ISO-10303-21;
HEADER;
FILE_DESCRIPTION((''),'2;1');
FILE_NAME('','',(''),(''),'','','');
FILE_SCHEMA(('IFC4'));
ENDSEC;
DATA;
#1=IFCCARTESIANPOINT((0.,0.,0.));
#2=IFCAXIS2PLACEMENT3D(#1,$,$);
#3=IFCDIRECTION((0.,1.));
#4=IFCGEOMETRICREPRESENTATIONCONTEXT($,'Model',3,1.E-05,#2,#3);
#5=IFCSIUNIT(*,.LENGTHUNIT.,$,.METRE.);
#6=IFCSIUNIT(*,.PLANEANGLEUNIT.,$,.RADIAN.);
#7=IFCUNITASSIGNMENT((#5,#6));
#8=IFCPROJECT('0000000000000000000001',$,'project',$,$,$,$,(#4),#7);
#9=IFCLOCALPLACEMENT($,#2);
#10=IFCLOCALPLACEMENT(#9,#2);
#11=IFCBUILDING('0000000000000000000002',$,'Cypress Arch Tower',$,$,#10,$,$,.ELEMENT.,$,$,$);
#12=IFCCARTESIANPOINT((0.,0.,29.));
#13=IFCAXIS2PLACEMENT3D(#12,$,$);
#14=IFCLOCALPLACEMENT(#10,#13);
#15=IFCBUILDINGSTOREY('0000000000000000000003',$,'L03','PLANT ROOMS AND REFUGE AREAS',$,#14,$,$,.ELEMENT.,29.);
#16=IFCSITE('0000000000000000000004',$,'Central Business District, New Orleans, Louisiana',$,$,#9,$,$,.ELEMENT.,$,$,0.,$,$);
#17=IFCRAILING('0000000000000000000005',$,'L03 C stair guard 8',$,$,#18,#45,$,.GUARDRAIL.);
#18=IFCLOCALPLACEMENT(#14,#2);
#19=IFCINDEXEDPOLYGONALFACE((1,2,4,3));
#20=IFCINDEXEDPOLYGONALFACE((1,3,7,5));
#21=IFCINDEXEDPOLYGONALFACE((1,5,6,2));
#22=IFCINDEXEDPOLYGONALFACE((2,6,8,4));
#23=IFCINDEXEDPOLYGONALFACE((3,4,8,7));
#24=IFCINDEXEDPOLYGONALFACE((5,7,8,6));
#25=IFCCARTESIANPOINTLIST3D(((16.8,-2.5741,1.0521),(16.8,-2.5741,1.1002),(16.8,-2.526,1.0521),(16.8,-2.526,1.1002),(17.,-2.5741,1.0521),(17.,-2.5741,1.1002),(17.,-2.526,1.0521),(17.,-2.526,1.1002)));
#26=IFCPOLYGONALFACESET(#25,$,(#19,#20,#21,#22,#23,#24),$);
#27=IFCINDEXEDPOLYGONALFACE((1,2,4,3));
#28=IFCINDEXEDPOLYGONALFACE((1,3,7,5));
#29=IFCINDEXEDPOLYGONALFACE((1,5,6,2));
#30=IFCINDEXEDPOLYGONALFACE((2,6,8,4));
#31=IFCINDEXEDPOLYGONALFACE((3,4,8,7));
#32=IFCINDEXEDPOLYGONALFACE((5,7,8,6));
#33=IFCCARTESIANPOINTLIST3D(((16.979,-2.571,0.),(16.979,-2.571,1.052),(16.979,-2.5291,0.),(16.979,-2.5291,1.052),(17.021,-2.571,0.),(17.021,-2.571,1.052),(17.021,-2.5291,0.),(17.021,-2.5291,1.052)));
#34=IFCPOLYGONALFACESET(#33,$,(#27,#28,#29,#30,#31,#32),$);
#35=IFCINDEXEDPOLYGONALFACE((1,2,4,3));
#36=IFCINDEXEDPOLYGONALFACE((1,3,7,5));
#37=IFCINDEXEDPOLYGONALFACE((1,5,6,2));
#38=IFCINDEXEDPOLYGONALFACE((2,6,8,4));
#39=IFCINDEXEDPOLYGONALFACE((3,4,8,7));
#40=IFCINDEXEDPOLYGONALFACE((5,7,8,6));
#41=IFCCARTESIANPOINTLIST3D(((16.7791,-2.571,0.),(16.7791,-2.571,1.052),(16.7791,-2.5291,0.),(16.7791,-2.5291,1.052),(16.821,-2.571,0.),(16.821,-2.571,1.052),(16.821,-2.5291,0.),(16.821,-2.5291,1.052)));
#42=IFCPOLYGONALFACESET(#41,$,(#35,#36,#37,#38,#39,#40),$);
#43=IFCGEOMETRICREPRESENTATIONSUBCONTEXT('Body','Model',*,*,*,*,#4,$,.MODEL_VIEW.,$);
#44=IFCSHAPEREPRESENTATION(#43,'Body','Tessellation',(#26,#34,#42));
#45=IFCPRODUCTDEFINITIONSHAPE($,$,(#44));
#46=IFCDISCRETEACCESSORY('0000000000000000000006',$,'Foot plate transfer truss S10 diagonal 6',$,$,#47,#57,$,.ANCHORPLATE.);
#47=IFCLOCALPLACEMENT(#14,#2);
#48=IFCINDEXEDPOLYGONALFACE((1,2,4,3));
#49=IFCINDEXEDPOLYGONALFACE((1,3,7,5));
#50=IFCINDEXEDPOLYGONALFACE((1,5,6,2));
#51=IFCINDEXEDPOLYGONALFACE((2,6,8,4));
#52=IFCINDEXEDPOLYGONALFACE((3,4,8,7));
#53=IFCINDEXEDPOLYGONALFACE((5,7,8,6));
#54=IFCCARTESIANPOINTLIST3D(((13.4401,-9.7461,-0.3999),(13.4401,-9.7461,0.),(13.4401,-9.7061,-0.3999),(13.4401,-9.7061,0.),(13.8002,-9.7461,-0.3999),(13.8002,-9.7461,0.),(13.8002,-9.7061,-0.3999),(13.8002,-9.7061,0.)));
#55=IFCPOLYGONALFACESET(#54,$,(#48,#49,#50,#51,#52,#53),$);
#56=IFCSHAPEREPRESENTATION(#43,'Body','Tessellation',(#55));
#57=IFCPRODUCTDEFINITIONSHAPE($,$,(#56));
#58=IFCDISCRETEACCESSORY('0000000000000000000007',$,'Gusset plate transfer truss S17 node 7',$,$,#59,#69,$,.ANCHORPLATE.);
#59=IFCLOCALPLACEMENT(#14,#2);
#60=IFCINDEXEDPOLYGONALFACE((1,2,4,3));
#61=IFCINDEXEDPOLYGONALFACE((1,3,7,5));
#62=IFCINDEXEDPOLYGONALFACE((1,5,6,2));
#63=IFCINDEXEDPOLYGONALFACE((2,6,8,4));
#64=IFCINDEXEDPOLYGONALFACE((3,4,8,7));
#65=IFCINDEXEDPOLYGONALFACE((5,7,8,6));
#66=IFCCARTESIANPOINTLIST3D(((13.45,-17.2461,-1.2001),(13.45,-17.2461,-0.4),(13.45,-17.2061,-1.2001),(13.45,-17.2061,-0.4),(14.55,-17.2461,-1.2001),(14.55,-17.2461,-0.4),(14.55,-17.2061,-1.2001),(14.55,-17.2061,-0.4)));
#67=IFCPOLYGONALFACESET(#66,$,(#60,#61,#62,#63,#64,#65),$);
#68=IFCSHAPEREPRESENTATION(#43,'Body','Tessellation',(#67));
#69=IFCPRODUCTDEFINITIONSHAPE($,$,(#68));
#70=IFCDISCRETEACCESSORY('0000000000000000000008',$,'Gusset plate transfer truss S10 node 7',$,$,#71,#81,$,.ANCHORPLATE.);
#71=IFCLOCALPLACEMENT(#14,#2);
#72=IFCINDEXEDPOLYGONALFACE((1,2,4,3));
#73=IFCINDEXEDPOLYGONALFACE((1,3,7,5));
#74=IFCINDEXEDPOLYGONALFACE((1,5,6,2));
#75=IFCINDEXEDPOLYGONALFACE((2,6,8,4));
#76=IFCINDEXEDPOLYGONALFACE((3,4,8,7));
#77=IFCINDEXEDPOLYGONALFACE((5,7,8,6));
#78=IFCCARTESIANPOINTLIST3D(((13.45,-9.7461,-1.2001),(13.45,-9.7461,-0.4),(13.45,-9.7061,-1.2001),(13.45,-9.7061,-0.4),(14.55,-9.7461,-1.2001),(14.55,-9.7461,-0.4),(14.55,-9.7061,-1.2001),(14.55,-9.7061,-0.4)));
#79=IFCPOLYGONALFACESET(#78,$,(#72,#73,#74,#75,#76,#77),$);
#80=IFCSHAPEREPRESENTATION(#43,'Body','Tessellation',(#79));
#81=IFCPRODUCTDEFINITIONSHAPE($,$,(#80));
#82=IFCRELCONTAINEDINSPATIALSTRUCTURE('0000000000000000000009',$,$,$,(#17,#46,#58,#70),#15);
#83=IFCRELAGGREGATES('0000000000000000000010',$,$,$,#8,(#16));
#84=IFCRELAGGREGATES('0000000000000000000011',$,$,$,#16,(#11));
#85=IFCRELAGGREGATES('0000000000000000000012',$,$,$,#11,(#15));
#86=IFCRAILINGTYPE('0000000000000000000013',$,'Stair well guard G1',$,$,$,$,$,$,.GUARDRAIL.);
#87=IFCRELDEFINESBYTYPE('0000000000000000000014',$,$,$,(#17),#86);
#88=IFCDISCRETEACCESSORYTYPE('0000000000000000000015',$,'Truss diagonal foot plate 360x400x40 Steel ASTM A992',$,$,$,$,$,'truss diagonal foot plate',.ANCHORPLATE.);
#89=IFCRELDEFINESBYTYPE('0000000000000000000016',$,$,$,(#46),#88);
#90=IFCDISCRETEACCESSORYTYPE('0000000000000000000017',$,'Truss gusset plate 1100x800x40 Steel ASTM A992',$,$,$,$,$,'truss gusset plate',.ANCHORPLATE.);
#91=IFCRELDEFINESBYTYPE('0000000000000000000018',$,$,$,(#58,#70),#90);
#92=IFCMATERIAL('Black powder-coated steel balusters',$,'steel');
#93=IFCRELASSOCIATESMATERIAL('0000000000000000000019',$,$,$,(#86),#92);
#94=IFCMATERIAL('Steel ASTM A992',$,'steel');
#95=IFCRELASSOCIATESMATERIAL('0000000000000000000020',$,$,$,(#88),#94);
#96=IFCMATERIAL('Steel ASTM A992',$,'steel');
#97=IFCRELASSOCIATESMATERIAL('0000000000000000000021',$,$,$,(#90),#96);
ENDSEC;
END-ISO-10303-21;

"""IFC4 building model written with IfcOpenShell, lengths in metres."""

from ifc_helpers import new_model, si_unit, direction, frame, origin, origin_2d, place, context, subcontext, project, spatial, rectangle, extrude, material, material_profile, profile_set, type_object, element, save


model = new_model("IFC4")

# Units and contexts
model_context = context("Model", 3, precision=1e-05, world=origin(), true_north=direction((0.0, 1.0)))
body_context = subcontext(model_context, "Body", "Model", "MODEL_VIEW")
ifc_project = project(units=[si_unit("LENGTHUNIT", "METRE"), si_unit("PLANEANGLEUNIT", "RADIAN")], contexts=[model_context])

# Site, building, storey
site_placement = place(None, origin())
site = spatial("IfcSite", under=ifc_project, at=site_placement, Name="Central Business District, New Orleans, Louisiana", CompositionType="ELEMENT", RefElevation=0.0)
building_placement = place(site_placement, origin())
building = spatial("IfcBuilding", under=site, at=building_placement, Name="Cypress Arch Tower", CompositionType="ELEMENT")
storey_placement = place(building_placement, frame((0.0, 0.0, 29.0)))
storey = spatial("IfcBuildingStorey", under=building, at=storey_placement, Name="L03", Description="PLANT ROOMS AND REFUGE AREAS", CompositionType="ELEMENT", Elevation=29.0)

# Railing
ifc_material_1 = material(Name="Black powder-coated steel balusters", Category="steel")
railing_type_1 = type_object("IfcRailingType", Name="Stair well guard G1", PredefinedType="GUARDRAIL", material=ifc_material_1)
railing_1_placement = place(storey_placement, frame((17.0, -2.55, 0.0)))
element("IfcRailing", 1, at=railing_1_placement, inside=storey, type_object=railing_type_1, Name="L03 C stair guard 8", PredefinedType="GUARDRAIL", context=body_context, shape_type="SweptSolid", body=[
    extrude(rectangle(XDim=0.0481, YDim=0.0481, at=origin_2d()), frame((0.0, 0.0, 1.0762), z_axis=(-1.0, 0.0, 0.0), x_axis=(0.0, -1.0, 0.0)), (0.0, 0.0, 1.0), 0.2),
    extrude(rectangle(XDim=0.042, YDim=0.042, at=origin_2d()), origin(), (0.0, 0.0, 1.0), 1.052),
    extrude(rectangle(XDim=0.042, YDim=0.042, at=origin_2d()), frame((-0.2, 0.0, 0.0)), (0.0, 0.0, 1.0), 1.052),
])

# Discrete accessories
ifc_material_2 = material(Name="Steel ASTM A992", Category="steel")
ifc_material_profile_1 = material_profile(ifc_material_2, rectangle(XDim=0.3601, YDim=0.3999, at=origin_2d()), Name="PL 40 360x400")
ifc_profile_set_1 = profile_set([ifc_material_profile_1], Name="Steel ASTM A992")
discrete_accessory_type_1 = type_object("IfcDiscreteAccessoryType", Name="Truss diagonal foot plate 360x400x40 Steel ASTM A992", ElementType="truss diagonal foot plate", PredefinedType="ANCHORPLATE", material=ifc_profile_set_1)
discrete_accessory_placement = place(storey_placement, frame((13.6201, -9.7461, -0.2), z_axis=(0.0, 1.0, 0.0), x_axis=(-1.0, 0.0, 0.0)))
element("IfcDiscreteAccessory", 2, at=discrete_accessory_placement, inside=storey, type_object=discrete_accessory_type_1, Name="Foot plate transfer truss S10 diagonal 6", PredefinedType="ANCHORPLATE", context=body_context, shape_type="SweptSolid", body=[
    extrude(rectangle(XDim=0.3601, YDim=0.3999, at=origin_2d()), origin(), (0.0, 0.0, 1.0), 0.04),
])
ifc_material_3 = material(Name="Steel ASTM A992", Category="steel")
ifc_material_profile_2 = material_profile(ifc_material_3, rectangle(XDim=1.1001, YDim=0.8, at=origin_2d()), Name="PL 40 1100x800")
ifc_profile_set_2 = profile_set([ifc_material_profile_2], Name="Steel ASTM A992")
discrete_accessory_type_2 = type_object("IfcDiscreteAccessoryType", Name="Truss gusset plate 1100x800x40 Steel ASTM A992", ElementType="truss gusset plate", PredefinedType="ANCHORPLATE", material=ifc_profile_set_2)
for number, where, z_axis, x_axis, name in (
    (3, (14.0, -17.2461, -0.8), (0.0, 1.0, 0.0), (-1.0, 0.0, 0.0), "Gusset plate transfer truss S17 node 7"),
    (4, (14.0, -9.7461, -0.8), (0.0, 1.0, 0.0), (-1.0, 0.0, 0.0), "Gusset plate transfer truss S10 node 7"),
):
    element("IfcDiscreteAccessory", number, at=place(storey_placement, frame(where, z_axis=z_axis, x_axis=x_axis)), inside=storey, type_object=discrete_accessory_type_2, Name=name, PredefinedType="ANCHORPLATE", context=body_context, shape_type="SweptSolid", body=[
        extrude(rectangle(XDim=1.1001, YDim=0.8, at=origin_2d()), origin(), (0.0, 0.0, 1.0), 0.04),
    ])

save(model, "model.ifc")
